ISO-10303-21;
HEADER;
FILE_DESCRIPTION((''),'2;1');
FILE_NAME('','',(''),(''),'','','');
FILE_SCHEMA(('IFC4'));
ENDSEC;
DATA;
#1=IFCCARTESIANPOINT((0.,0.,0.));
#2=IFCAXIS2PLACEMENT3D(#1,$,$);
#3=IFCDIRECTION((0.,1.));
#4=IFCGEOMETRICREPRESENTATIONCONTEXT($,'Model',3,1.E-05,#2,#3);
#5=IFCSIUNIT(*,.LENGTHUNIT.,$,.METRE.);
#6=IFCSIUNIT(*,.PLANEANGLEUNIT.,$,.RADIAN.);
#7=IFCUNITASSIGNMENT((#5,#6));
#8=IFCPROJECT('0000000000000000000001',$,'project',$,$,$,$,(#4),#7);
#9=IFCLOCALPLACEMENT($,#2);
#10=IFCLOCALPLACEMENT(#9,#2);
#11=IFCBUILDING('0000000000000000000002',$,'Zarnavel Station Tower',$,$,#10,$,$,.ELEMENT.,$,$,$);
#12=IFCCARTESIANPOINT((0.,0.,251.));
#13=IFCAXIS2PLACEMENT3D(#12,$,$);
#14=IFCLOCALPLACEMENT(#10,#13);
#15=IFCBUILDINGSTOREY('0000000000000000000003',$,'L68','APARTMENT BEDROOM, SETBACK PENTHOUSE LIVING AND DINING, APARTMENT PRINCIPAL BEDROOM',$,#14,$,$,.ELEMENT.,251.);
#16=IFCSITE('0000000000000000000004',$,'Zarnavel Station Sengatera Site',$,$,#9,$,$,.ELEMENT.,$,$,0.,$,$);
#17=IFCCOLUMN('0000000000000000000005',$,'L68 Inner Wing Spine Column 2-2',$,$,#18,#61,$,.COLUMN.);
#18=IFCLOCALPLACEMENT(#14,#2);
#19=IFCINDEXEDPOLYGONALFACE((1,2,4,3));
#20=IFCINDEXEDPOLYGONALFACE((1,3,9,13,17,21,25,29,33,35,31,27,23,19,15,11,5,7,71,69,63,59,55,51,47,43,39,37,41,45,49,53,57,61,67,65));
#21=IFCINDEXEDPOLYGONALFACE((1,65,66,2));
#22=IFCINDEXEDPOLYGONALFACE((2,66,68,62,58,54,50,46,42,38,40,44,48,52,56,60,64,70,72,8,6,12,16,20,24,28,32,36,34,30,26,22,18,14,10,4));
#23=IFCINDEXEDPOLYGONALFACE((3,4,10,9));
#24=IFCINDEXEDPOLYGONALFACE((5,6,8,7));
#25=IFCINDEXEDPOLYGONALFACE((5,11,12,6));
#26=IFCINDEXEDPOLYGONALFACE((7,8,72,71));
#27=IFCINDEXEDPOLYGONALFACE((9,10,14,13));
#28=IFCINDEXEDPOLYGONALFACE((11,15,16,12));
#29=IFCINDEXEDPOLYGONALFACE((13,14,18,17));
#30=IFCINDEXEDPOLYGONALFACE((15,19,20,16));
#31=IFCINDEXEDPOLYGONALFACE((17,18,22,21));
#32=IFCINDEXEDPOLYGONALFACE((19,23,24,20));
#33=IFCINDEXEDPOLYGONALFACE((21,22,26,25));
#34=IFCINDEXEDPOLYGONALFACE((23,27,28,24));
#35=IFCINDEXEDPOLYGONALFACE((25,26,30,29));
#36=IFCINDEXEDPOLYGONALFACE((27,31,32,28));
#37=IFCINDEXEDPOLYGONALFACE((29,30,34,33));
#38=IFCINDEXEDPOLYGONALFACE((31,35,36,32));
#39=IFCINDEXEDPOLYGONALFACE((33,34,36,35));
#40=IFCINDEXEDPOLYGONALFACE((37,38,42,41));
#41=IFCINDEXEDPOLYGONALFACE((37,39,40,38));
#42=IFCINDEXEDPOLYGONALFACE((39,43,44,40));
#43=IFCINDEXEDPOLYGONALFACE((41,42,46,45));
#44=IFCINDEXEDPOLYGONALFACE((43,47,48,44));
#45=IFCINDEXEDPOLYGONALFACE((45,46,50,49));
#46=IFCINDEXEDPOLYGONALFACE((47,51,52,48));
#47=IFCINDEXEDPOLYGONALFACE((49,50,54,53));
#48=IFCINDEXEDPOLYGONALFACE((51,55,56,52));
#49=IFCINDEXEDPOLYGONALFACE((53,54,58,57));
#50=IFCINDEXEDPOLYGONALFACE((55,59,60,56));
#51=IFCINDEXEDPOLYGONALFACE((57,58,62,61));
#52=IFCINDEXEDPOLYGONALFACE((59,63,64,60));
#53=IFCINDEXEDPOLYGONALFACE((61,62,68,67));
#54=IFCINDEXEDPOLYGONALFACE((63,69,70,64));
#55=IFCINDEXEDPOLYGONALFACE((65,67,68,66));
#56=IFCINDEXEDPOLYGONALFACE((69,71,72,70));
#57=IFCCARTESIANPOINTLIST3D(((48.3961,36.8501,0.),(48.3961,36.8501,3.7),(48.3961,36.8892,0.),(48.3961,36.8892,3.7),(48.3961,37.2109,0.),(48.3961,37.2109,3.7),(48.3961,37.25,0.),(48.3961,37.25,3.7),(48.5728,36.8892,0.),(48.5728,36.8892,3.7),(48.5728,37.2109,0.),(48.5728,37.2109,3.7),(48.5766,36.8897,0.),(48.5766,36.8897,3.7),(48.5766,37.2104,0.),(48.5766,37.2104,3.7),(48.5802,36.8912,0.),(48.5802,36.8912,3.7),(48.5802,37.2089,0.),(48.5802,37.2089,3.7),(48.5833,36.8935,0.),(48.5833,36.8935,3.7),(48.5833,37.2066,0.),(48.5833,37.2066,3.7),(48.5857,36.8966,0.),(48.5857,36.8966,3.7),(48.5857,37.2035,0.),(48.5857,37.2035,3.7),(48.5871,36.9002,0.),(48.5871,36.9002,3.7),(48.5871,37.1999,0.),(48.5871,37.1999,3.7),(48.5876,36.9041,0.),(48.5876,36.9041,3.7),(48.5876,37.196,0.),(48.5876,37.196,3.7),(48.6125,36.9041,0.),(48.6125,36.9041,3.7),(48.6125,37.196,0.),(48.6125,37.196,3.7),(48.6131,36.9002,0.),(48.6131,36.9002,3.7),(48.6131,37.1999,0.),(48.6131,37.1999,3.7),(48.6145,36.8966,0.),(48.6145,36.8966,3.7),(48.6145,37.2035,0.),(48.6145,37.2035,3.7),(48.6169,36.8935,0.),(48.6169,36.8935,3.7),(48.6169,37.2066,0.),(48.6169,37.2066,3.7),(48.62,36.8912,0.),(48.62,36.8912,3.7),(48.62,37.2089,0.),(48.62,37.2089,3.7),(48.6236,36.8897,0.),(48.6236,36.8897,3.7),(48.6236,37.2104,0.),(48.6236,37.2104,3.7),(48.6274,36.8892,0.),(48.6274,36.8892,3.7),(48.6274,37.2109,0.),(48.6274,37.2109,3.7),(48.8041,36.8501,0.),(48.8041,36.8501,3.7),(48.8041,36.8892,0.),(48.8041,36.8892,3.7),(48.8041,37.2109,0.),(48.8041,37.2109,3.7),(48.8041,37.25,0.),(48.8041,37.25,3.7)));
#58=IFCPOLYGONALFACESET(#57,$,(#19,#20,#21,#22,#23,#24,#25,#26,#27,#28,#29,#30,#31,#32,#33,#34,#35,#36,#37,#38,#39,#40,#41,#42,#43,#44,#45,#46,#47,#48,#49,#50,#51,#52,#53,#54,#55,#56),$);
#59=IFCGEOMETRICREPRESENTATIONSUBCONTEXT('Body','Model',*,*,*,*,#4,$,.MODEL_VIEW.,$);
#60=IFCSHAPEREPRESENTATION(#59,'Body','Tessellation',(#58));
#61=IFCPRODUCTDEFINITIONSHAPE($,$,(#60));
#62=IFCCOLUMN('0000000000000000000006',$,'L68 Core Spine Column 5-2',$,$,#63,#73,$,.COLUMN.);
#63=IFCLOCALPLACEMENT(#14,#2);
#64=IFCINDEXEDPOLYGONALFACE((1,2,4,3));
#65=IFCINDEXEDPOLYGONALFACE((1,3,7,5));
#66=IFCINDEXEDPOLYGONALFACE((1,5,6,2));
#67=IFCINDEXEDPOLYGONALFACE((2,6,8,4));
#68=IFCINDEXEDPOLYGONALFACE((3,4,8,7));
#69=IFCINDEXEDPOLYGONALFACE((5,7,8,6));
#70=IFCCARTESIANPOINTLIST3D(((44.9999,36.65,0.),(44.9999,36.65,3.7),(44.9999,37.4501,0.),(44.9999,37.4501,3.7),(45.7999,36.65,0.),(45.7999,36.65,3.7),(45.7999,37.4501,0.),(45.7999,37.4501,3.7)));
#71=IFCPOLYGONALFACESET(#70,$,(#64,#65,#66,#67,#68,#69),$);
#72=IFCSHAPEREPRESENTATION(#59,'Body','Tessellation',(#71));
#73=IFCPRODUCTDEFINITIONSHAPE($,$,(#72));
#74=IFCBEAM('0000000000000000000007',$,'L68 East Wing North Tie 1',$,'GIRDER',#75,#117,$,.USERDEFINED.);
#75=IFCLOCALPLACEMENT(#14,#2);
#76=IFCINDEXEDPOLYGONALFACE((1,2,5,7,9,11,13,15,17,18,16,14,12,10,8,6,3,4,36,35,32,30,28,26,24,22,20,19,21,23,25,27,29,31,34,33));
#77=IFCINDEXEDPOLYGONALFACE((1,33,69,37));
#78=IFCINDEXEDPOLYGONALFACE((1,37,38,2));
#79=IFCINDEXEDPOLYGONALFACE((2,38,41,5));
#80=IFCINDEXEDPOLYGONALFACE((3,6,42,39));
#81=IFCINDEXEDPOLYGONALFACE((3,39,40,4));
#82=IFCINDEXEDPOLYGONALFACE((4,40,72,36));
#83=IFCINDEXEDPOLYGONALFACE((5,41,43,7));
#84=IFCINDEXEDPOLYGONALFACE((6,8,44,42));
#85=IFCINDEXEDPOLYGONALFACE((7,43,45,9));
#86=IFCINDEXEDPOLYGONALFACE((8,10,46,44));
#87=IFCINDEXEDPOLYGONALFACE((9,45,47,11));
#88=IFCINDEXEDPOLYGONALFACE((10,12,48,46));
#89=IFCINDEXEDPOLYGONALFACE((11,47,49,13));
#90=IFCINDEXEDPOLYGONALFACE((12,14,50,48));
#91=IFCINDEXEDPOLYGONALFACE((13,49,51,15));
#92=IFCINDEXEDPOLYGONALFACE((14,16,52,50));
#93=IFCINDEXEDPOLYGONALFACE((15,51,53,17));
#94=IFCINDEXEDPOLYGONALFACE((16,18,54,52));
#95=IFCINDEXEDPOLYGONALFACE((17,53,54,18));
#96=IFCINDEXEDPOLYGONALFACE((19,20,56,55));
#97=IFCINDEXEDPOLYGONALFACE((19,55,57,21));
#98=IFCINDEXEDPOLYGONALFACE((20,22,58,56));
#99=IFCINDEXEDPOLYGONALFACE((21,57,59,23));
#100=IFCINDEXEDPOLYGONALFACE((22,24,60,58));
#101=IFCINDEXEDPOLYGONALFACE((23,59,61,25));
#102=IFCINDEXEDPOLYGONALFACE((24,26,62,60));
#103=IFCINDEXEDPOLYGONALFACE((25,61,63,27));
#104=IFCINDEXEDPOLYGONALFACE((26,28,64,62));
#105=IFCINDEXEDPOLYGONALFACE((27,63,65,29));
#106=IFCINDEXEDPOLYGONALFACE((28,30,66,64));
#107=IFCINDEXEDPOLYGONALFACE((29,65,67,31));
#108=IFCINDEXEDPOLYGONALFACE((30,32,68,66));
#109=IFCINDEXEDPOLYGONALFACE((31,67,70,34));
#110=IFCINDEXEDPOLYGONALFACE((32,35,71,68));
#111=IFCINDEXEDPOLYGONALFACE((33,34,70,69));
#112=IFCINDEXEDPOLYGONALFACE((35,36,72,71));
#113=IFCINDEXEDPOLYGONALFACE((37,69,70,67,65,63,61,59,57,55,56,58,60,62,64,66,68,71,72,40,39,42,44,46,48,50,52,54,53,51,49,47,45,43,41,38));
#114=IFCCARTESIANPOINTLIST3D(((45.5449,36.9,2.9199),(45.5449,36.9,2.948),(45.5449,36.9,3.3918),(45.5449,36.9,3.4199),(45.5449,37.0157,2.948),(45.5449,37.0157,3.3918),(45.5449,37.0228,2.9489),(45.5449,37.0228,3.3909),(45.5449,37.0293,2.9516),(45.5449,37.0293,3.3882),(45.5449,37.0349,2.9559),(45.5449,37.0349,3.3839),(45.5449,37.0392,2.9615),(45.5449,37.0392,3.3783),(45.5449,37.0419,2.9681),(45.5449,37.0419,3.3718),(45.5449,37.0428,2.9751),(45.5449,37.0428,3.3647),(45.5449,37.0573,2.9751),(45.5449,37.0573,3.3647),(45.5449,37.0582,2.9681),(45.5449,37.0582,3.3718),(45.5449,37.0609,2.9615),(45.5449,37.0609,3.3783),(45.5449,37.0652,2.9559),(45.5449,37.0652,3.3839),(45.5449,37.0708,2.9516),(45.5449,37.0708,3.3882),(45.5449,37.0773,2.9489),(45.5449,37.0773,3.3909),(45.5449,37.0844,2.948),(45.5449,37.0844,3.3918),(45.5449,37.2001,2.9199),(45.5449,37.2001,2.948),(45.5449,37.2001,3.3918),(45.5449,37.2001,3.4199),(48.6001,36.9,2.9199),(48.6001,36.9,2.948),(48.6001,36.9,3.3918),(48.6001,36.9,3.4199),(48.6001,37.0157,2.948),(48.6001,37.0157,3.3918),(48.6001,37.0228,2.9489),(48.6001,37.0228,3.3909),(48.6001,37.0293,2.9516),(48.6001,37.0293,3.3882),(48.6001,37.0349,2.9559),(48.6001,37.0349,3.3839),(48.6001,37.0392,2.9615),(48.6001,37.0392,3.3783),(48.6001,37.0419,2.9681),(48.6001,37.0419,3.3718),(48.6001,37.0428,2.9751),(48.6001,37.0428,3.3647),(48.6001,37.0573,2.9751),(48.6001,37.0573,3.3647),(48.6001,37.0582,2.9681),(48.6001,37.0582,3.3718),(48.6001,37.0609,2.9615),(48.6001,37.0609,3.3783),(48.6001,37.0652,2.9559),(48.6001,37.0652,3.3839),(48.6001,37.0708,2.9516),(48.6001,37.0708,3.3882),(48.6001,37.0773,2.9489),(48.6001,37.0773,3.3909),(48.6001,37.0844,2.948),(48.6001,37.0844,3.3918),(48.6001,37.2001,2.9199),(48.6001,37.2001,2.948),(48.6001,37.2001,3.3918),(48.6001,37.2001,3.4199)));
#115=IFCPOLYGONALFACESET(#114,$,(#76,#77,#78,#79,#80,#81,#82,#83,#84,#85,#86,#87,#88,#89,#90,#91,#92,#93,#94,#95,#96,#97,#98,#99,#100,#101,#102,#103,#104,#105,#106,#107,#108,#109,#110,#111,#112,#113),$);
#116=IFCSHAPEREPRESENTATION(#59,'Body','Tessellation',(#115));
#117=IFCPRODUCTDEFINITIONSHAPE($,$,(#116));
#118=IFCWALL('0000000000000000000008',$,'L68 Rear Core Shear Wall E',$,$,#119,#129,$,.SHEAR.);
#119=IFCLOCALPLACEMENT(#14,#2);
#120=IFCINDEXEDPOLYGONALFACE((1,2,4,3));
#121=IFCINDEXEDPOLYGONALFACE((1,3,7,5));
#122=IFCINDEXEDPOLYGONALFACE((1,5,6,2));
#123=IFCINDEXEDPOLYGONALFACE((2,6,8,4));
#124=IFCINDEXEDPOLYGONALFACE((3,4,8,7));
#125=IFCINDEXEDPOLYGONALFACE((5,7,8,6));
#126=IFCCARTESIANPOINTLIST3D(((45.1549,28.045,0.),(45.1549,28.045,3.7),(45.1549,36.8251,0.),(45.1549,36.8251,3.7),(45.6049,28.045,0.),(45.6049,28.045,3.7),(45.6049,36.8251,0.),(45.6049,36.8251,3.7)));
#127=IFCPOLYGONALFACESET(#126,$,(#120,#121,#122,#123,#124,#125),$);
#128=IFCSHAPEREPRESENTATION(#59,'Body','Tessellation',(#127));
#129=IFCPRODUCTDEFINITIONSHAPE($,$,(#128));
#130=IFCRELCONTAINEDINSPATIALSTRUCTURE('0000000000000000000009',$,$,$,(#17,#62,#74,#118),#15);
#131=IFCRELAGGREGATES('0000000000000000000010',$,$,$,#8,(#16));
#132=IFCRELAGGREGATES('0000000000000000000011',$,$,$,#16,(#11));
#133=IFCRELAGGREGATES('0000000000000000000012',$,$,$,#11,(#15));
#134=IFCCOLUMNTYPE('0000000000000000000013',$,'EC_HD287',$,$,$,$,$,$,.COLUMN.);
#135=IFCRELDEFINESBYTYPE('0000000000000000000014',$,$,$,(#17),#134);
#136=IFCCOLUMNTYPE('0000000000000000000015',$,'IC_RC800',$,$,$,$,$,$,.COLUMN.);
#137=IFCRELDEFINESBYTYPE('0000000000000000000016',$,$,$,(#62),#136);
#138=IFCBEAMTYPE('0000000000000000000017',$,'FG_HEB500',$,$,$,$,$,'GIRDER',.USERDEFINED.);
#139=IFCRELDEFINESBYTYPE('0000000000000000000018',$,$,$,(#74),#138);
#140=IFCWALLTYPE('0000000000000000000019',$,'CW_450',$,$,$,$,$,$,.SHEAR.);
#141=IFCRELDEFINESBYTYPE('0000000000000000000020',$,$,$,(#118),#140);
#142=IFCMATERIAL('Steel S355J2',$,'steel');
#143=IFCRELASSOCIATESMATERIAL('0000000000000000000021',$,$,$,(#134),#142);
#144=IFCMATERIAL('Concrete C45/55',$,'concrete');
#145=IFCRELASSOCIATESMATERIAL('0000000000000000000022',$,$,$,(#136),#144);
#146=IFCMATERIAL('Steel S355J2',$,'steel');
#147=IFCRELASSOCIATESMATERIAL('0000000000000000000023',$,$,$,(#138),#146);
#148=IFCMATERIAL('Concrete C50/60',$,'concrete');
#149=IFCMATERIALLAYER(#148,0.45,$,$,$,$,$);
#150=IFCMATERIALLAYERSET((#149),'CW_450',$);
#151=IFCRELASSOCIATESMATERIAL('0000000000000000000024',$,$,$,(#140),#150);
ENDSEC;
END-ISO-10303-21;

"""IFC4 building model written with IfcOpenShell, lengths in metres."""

from ifc_helpers import new_model, si_unit, direction, frame, frame_2d, origin, origin_2d, place, context, subcontext, project, spatial, rectangle, i_section, extrude, material, layer, layer_set, material_profile, profile_set, type_object, element, save


model = new_model("IFC4")

# Units and contexts
model_context = context("Model", 3, precision=1e-05, world=origin(), true_north=direction((0.0, 1.0)))
body_context = subcontext(model_context, "Body", "Model", "MODEL_VIEW")
ifc_project = project(units=[si_unit("LENGTHUNIT", "METRE"), si_unit("PLANEANGLEUNIT", "RADIAN")], contexts=[model_context])

# Site, building, storey
site_placement = place(None, origin())
site = spatial("IfcSite", under=ifc_project, at=site_placement, Name="Zarnavel Station Sengatera Site", CompositionType="ELEMENT", RefElevation=0.0)
building_placement = place(site_placement, origin())
building = spatial("IfcBuilding", under=site, at=building_placement, Name="Zarnavel Station Tower", CompositionType="ELEMENT")
storey_placement = place(building_placement, frame((0.0, 0.0, 251.0)))
storey = spatial("IfcBuildingStorey", under=building, at=storey_placement, Name="L68", Description="APARTMENT BEDROOM, SETBACK PENTHOUSE LIVING AND DINING, APARTMENT PRINCIPAL BEDROOM", CompositionType="ELEMENT", Elevation=251.0)

# Columns
ifc_material_1 = material(Name="Steel S355J2", Category="steel")
ifc_material_profile_1 = material_profile(ifc_material_1, i_section(OverallWidth=0.408, OverallDepth=0.3999, WebThickness=0.0249, FlangeThickness=0.0391, FilletRadius=0.0149, at=origin_2d()), Name="HD400x287")
ifc_profile_set_1 = profile_set([ifc_material_profile_1], Name="Steel S355J2")
column_type_1 = type_object("IfcColumnType", Name="EC_HD287", PredefinedType="COLUMN", material=ifc_profile_set_1)
column_1_placement = place(storey_placement, frame((48.6001, 37.05, 0.0), z_axis=(0.0, 0.0, 1.0), x_axis=(1.0, 0.0, 0.0)))
element("IfcColumn", 1, at=column_1_placement, inside=storey, type_object=column_type_1, Name="L68 Inner Wing Spine Column 2-2", PredefinedType="COLUMN", context=body_context, shape_type="SweptSolid", body=[
    extrude(i_section(OverallWidth=0.408, OverallDepth=0.3999, WebThickness=0.0249, FlangeThickness=0.0391, FilletRadius=0.0149, at=origin_2d()), origin(), (0.0, 0.0, 1.0), 3.7),
])
ifc_material_2 = material(Name="Concrete C45/55", Category="concrete")
ifc_material_profile_2 = material_profile(ifc_material_2, rectangle(XDim=0.8, YDim=0.8, at=origin_2d()), Name="RC800x800")
ifc_profile_set_2 = profile_set([ifc_material_profile_2], Name="Concrete C45/55")
column_type_2 = type_object("IfcColumnType", Name="IC_RC800", PredefinedType="COLUMN", material=ifc_profile_set_2)
column_2_placement = place(storey_placement, frame((45.3999, 37.05, 0.0), z_axis=(0.0, 0.0, 1.0), x_axis=(1.0, 0.0, 0.0)))
element("IfcColumn", 2, at=column_2_placement, inside=storey, type_object=column_type_2, Name="L68 Core Spine Column 5-2", PredefinedType="COLUMN", context=body_context, shape_type="SweptSolid", body=[
    extrude(rectangle(XDim=0.8, YDim=0.8, at=origin_2d()), origin(), (0.0, 0.0, 1.0), 3.7),
])

# Beam
ifc_material_3 = material(Name="Steel S355J2", Category="steel")
ifc_material_profile_3 = material_profile(ifc_material_3, i_section(OverallWidth=0.3, OverallDepth=0.5, WebThickness=0.0144, FlangeThickness=0.0281, FilletRadius=0.0271, at=origin_2d()), Name="HEB500")
ifc_profile_set_3 = profile_set([ifc_material_profile_3], Name="Steel S355J2")
beam_type = type_object("IfcBeamType", Name="FG_HEB500", ElementType="GIRDER", PredefinedType="USERDEFINED", material=ifc_profile_set_3)
beam_placement = place(storey_placement, frame((45.5449, 37.05, 3.1699), z_axis=(1.0, 0.0, 0.0), x_axis=(0.0, 1.0, 0.0)))
element("IfcBeam", 3, at=beam_placement, inside=storey, type_object=beam_type, Name="L68 East Wing North Tie 1", ObjectType="GIRDER", PredefinedType="USERDEFINED", context=body_context, shape_type="SweptSolid", body=[
    extrude(i_section(OverallWidth=0.3, OverallDepth=0.5, WebThickness=0.0144, FlangeThickness=0.0281, FilletRadius=0.0271, at=origin_2d()), origin(), (0.0, 0.0, 1.0), 3.0552),
])

# Wall
ifc_material_4 = material(Name="Concrete C50/60", Category="concrete")
ifc_layer_1 = layer(ifc_material_4, 0.45)
ifc_layer_set_1 = layer_set([ifc_layer_1], Name="CW_450")
wall_type_1 = type_object("IfcWallType", Name="CW_450", PredefinedType="SHEAR", material=ifc_layer_set_1)
wall_1_placement = place(storey_placement, frame((45.3799, 28.0449, 0.0), z_axis=(0.0, 0.0, 1.0), x_axis=(0.0, 1.0, 0.0)))
element("IfcWall", 4, at=wall_1_placement, inside=storey, type_object=wall_type_1, Name="L68 Rear Core Shear Wall E", PredefinedType="SHEAR", context=body_context, shape_type="SweptSolid", body=[
    extrude(rectangle(XDim=8.78, YDim=0.45, at=frame_2d((4.3901, 0.0))), origin(), (0.0, 0.0, 1.0), 3.7),
])

save(model, "model.ifc")
